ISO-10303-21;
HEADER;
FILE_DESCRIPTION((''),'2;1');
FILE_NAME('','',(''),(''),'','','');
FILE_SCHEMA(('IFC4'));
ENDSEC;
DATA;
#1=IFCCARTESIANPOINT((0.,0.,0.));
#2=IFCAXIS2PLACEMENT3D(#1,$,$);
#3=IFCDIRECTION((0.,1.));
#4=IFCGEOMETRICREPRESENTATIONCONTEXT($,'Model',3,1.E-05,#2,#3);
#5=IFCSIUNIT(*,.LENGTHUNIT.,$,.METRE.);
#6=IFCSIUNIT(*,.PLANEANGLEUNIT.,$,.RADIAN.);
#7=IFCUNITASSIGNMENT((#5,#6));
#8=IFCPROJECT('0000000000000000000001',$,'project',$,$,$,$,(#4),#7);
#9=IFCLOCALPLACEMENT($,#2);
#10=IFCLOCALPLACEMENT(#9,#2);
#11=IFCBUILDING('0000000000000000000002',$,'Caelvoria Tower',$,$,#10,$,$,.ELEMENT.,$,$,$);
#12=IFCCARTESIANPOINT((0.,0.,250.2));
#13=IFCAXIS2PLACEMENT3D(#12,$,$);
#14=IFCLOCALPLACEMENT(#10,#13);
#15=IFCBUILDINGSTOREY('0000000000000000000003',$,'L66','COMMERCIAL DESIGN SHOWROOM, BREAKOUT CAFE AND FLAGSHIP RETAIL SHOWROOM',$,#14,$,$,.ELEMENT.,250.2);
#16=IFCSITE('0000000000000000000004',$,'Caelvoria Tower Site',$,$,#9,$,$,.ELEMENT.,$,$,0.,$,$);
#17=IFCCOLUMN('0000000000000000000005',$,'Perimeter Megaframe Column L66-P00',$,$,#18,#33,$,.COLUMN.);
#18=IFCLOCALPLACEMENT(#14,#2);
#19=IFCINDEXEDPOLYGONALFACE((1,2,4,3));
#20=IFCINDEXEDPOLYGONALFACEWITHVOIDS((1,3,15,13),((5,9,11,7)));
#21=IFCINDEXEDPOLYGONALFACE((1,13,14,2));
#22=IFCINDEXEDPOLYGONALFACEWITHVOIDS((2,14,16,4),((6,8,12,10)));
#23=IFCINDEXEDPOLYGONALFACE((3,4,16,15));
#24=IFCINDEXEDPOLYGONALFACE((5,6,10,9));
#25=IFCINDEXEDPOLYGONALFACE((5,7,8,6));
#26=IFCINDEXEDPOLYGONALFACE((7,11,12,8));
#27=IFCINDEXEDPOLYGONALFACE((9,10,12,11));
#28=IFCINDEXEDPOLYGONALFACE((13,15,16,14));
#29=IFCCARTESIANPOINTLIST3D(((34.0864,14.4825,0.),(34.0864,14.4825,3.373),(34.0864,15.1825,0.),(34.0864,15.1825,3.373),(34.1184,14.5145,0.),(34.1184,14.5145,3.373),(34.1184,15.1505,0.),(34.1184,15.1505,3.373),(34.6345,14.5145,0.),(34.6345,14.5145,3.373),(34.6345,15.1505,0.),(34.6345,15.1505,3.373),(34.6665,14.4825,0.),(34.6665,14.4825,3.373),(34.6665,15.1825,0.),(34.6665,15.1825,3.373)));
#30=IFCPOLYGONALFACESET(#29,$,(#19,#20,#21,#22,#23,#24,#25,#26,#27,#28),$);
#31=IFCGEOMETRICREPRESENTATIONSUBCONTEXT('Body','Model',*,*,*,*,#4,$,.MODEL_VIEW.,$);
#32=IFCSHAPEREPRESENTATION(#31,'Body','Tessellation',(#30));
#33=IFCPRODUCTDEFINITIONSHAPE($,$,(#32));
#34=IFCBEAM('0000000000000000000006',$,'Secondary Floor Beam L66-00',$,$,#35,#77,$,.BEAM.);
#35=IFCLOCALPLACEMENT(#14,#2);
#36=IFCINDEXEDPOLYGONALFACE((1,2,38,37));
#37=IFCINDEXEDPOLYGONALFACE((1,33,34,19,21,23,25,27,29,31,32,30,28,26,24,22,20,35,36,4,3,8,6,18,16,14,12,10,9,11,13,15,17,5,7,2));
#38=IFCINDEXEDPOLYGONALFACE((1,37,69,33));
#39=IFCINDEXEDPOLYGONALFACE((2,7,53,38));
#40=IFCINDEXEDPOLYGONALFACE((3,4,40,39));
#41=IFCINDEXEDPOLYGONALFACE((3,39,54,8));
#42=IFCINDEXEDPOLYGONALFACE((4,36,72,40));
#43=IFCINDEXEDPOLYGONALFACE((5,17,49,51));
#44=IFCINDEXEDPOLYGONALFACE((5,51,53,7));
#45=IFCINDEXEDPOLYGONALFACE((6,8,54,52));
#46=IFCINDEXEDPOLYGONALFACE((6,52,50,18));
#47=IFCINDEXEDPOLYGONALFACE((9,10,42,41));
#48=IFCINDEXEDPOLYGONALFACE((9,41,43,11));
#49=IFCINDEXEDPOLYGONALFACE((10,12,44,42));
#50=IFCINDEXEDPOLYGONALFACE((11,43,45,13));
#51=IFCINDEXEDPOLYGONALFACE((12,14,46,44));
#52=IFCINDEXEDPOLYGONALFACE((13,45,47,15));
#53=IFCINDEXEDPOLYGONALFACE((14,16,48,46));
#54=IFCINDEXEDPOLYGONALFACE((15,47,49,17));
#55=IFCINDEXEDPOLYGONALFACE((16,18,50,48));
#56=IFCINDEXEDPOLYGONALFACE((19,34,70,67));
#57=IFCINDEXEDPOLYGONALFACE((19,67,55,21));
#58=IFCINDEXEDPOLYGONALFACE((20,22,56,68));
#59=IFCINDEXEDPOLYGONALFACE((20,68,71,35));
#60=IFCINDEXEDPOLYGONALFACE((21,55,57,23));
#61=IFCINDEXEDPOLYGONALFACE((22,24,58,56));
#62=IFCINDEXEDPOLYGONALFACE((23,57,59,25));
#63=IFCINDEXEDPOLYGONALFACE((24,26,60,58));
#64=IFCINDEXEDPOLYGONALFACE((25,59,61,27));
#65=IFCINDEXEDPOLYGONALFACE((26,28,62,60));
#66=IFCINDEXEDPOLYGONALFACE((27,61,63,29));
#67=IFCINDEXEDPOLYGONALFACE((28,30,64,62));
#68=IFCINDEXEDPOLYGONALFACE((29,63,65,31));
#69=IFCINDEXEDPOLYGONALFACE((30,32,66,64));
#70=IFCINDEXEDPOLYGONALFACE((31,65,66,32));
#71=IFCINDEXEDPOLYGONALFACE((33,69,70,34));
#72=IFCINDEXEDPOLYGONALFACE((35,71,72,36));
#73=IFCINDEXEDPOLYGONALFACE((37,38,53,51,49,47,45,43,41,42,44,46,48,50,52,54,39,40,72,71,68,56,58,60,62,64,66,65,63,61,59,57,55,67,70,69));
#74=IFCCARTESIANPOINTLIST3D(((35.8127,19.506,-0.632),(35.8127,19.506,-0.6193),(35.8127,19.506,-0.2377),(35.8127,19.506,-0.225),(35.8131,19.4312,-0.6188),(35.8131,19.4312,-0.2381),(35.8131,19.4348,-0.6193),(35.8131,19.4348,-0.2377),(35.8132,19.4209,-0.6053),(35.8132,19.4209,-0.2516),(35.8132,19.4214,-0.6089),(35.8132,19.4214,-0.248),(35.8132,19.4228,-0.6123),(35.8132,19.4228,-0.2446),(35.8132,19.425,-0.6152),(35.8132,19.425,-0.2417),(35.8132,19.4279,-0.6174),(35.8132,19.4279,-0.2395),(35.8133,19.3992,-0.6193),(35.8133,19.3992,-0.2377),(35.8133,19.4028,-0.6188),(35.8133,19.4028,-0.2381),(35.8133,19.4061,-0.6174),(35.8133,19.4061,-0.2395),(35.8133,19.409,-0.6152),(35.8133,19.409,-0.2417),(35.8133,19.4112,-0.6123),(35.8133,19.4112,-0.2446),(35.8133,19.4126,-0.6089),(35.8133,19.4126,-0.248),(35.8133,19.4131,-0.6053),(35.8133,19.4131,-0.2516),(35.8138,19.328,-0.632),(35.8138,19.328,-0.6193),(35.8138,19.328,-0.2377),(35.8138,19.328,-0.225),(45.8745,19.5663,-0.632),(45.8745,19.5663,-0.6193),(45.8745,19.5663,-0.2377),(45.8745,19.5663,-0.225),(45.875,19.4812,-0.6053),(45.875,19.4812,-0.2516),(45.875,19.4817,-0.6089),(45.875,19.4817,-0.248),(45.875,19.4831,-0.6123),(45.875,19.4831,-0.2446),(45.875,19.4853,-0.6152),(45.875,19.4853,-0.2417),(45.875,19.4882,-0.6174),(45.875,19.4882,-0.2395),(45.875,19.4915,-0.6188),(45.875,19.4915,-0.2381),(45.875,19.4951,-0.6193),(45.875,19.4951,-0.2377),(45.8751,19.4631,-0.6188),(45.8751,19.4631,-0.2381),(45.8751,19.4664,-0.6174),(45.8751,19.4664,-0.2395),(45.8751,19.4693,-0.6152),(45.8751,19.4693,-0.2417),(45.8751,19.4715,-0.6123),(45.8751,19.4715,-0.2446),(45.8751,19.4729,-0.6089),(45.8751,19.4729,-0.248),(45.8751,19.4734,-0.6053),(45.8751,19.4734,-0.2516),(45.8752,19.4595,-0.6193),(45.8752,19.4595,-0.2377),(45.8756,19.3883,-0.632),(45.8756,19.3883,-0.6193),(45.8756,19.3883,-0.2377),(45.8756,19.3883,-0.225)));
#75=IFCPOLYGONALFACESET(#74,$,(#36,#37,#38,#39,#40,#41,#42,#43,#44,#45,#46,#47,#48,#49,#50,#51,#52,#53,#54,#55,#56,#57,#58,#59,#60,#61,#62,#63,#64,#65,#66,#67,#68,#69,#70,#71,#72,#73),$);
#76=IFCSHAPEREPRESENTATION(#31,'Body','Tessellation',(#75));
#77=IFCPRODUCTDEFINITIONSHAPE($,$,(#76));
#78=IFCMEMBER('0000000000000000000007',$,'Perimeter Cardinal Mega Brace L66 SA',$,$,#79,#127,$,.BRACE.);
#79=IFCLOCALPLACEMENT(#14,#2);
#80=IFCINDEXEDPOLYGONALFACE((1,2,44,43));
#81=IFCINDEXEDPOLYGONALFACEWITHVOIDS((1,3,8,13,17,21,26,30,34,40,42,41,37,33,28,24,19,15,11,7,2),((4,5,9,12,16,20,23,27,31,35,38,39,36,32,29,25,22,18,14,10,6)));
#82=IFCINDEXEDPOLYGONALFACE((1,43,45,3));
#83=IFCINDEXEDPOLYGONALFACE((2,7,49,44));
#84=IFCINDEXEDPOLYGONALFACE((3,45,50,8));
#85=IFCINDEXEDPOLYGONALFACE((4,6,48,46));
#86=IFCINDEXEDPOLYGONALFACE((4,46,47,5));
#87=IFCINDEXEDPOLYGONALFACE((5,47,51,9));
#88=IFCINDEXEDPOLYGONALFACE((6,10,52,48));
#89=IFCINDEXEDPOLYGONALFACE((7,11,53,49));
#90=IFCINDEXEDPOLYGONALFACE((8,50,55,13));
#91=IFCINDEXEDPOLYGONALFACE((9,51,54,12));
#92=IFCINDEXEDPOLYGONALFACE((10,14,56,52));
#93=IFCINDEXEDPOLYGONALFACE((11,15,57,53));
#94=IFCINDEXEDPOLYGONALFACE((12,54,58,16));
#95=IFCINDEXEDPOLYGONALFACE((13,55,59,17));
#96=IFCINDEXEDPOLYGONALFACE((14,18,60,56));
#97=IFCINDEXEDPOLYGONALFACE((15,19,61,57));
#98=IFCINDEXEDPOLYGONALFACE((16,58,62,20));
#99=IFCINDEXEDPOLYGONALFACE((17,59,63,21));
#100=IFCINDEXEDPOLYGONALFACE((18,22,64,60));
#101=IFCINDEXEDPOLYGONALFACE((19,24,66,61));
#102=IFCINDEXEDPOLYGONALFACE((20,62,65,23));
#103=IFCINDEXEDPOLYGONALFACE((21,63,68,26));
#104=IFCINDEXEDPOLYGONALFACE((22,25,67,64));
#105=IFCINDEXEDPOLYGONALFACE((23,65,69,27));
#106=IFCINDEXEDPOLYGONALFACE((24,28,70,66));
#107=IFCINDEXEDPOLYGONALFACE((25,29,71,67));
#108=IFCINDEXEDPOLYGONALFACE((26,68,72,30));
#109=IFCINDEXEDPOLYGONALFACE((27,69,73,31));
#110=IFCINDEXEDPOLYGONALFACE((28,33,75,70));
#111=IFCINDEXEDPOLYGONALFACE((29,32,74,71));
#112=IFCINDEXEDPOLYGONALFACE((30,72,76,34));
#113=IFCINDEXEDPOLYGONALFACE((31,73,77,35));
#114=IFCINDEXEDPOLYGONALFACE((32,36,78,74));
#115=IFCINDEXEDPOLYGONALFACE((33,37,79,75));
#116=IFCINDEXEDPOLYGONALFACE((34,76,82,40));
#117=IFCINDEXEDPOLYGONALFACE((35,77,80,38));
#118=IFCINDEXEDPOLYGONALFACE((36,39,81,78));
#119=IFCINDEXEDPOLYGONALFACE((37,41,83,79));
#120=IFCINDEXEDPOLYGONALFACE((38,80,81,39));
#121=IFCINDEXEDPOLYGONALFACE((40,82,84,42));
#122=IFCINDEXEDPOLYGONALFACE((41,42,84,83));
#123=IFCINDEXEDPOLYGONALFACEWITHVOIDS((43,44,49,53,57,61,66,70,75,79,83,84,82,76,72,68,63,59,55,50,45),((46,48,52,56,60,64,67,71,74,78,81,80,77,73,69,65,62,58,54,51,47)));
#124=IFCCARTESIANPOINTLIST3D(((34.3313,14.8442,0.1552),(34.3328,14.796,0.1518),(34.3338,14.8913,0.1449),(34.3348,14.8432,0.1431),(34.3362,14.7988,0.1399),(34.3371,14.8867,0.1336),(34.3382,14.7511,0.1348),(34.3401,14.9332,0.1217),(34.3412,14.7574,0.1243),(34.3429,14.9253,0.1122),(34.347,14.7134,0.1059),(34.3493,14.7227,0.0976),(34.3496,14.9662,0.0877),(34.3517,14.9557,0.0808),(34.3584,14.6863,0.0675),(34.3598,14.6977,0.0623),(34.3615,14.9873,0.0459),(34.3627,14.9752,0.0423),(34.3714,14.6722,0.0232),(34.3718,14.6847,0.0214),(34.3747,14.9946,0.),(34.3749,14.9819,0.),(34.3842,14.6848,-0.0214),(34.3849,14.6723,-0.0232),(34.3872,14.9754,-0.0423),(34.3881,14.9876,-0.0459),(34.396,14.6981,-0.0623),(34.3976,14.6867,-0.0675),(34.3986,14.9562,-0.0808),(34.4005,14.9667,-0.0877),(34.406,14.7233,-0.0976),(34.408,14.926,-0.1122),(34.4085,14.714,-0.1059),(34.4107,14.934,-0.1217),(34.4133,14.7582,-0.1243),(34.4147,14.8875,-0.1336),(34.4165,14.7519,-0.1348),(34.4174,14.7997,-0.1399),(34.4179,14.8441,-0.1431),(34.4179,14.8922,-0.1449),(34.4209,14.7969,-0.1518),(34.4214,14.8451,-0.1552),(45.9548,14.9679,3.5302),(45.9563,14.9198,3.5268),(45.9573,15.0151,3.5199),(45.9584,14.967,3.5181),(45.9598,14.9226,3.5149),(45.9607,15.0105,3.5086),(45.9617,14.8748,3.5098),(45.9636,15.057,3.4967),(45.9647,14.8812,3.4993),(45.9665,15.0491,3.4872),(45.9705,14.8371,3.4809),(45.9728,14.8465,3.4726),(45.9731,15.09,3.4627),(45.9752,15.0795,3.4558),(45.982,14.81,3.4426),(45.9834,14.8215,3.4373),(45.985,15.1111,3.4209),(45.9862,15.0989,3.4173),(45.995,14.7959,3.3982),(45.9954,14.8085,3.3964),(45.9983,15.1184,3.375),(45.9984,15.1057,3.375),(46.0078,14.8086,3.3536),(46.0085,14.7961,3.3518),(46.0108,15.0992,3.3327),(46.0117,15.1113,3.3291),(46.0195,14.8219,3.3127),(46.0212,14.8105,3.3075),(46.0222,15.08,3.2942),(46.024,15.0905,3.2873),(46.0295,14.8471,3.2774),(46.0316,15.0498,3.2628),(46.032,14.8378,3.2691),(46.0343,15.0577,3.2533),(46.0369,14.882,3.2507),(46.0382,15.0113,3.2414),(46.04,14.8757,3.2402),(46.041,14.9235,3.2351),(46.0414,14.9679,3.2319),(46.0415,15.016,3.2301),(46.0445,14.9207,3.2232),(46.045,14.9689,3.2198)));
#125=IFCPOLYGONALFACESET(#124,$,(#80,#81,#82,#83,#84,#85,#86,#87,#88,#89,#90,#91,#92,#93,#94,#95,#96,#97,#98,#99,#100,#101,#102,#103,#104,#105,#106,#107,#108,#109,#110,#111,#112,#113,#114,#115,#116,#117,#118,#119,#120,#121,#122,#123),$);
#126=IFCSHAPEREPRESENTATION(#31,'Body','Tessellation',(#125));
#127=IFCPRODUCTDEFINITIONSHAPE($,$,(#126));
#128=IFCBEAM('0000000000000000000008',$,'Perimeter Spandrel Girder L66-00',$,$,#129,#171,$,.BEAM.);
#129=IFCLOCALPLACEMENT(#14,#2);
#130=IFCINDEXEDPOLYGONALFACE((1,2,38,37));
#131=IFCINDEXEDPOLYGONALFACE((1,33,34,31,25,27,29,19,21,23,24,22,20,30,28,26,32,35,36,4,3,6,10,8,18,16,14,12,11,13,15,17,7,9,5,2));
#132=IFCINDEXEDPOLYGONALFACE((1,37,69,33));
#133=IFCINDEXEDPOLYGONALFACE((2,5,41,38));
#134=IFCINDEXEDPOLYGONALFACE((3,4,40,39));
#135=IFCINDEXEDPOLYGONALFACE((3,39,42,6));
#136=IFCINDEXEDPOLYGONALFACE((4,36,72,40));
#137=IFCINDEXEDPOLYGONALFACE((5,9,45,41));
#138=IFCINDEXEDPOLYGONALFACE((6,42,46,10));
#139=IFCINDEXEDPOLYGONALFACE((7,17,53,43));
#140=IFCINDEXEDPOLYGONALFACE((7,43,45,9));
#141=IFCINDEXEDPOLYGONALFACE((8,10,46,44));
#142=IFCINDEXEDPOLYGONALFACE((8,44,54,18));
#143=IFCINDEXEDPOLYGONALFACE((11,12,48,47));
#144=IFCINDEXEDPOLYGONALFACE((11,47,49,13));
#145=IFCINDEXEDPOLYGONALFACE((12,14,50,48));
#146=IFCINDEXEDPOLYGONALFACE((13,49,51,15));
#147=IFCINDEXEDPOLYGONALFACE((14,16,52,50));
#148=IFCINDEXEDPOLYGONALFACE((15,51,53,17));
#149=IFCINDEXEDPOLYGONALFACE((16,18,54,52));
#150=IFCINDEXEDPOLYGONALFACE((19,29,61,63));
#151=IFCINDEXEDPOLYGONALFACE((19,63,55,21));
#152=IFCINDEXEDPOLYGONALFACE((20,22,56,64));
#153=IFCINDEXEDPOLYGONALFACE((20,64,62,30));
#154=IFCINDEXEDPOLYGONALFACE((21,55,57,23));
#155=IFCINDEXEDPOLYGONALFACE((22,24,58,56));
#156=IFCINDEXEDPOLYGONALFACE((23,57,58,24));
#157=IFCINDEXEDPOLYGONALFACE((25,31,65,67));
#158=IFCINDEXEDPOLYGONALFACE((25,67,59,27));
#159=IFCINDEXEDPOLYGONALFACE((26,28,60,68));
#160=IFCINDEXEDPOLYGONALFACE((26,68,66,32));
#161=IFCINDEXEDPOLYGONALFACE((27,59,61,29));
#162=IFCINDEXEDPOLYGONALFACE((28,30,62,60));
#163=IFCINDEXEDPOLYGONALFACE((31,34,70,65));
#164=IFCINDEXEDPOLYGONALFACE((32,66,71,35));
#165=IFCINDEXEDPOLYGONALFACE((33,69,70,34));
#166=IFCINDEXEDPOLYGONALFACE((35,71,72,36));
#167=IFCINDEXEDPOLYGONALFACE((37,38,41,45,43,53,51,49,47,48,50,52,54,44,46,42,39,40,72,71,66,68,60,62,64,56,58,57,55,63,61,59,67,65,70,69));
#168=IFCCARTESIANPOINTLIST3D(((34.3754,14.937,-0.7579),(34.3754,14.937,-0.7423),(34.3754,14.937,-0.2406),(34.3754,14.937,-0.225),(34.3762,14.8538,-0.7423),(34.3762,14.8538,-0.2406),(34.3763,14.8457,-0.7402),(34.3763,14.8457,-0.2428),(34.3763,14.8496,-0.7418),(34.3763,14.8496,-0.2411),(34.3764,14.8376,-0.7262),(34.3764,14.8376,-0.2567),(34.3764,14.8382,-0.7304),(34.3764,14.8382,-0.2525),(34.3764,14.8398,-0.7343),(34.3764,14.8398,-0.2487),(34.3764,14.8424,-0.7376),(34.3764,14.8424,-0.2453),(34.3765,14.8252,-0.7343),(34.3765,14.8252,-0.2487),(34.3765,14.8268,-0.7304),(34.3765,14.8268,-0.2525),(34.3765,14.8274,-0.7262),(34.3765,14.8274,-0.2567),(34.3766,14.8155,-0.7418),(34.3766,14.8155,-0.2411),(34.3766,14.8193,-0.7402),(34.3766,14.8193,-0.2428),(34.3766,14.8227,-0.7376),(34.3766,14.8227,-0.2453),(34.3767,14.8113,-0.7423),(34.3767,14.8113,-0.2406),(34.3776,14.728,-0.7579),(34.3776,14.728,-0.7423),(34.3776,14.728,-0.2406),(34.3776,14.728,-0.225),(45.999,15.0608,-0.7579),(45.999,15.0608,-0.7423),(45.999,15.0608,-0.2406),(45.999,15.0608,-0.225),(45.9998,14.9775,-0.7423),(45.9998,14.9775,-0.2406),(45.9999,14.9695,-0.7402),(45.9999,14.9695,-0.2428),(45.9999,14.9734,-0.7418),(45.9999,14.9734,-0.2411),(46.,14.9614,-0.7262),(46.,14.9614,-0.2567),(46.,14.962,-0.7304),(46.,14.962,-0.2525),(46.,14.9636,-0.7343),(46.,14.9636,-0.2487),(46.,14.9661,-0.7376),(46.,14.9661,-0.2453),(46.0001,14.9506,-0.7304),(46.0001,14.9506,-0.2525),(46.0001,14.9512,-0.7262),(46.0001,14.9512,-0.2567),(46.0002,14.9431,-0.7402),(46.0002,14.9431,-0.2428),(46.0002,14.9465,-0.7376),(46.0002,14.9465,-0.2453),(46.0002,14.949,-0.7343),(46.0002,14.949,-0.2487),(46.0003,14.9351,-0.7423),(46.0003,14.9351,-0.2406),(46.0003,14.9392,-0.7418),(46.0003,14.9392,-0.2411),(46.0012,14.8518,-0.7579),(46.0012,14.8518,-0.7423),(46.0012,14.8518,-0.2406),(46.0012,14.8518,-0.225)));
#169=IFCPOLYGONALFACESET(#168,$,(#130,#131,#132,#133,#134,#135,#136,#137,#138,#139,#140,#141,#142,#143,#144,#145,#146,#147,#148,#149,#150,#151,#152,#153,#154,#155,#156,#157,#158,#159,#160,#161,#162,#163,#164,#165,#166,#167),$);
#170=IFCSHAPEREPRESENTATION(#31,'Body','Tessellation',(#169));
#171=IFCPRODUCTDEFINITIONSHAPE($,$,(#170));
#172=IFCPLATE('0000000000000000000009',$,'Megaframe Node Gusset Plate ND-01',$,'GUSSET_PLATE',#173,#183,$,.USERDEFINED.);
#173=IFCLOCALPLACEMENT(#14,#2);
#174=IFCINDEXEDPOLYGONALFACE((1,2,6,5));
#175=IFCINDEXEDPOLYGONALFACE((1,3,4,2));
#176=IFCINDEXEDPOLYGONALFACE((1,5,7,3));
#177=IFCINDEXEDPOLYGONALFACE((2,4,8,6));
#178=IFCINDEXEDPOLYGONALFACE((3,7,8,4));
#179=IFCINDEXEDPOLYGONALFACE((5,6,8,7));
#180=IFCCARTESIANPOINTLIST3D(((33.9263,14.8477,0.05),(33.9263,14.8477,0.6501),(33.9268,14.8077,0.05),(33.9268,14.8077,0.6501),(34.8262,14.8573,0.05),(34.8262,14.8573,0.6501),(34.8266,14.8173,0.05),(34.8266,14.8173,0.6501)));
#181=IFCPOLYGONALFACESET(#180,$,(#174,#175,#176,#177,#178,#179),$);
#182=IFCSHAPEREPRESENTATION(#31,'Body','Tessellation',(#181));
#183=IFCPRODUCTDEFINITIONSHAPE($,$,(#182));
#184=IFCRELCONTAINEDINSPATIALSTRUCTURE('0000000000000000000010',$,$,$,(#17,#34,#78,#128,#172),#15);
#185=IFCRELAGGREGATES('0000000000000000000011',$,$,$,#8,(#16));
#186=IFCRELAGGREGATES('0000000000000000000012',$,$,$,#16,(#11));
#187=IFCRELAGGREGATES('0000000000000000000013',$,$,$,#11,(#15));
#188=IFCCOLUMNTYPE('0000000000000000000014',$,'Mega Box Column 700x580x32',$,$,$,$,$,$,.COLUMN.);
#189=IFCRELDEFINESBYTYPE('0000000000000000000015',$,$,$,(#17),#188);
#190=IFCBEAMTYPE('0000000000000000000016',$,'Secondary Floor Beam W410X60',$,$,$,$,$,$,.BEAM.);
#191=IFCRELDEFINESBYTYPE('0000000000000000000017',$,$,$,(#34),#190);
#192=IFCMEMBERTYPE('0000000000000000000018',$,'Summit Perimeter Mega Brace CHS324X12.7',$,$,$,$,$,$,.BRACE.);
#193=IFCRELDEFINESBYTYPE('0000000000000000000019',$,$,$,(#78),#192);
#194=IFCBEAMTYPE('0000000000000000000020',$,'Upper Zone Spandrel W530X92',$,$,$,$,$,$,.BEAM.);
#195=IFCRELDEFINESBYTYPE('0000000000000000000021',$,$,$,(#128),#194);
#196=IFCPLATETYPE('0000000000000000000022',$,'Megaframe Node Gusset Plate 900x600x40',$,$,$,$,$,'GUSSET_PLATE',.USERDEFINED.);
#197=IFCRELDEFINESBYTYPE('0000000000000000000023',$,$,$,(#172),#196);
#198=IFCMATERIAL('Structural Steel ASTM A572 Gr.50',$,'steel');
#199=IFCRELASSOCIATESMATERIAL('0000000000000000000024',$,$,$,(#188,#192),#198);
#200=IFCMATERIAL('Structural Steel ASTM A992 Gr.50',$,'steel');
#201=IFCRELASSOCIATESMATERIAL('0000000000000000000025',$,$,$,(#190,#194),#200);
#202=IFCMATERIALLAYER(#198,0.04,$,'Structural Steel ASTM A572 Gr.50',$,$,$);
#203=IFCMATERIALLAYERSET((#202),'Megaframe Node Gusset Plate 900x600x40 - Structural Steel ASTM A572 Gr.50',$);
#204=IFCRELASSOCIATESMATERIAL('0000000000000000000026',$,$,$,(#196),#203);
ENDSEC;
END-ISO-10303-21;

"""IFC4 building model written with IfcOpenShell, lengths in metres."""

from ifc_helpers import new_model, si_unit, direction, frame, origin, origin_2d, place, context, subcontext, project, spatial, rectangle, hollow_rectangle, hollow_circle, i_section, extrude, material, layer, layer_set, material_profile, profile_set, type_object, element, save


model = new_model("IFC4")

# Units and contexts
model_context = context("Model", 3, precision=1e-05, world=origin(), true_north=direction((0.0, 1.0)))
body_context = subcontext(model_context, "Body", "Model", "MODEL_VIEW")
ifc_project = project(units=[si_unit("LENGTHUNIT", "METRE"), si_unit("PLANEANGLEUNIT", "RADIAN")], contexts=[model_context])

# Site, building, storey
site_placement = place(None, origin())
site = spatial("IfcSite", under=ifc_project, at=site_placement, Name="Caelvoria Tower Site", CompositionType="ELEMENT", RefElevation=0.0)
building_placement = place(site_placement, origin())
building = spatial("IfcBuilding", under=site, at=building_placement, Name="Caelvoria Tower", CompositionType="ELEMENT")
storey_placement = place(building_placement, frame((0.0, 0.0, 250.2)))
storey = spatial("IfcBuildingStorey", under=building, at=storey_placement, Name="L66", Description="COMMERCIAL DESIGN SHOWROOM, BREAKOUT CAFE AND FLAGSHIP RETAIL SHOWROOM", CompositionType="ELEMENT", Elevation=250.2)

# Column
ifc_material_1 = material(Name="Structural Steel ASTM A572 Gr.50", Category="steel")
ifc_material_profile_1 = material_profile(ifc_material_1, hollow_rectangle(XDim=0.5801, YDim=0.7, WallThickness=0.032, at=origin_2d()), Name="Structural Steel ASTM A572 Gr.50")
ifc_profile_set_1 = profile_set([ifc_material_profile_1], Name="BOX700X580X32 - Structural Steel ASTM A572 Gr.50")
column_type = type_object("IfcColumnType", Name="Mega Box Column 700x580x32", PredefinedType="COLUMN", material=ifc_profile_set_1)
column_placement = place(storey_placement, frame((34.3765, 14.8325, 0.0), z_axis=(0.0, 0.0, 1.0), x_axis=(1.0, 0.0, 0.0)))
element("IfcColumn", 1, at=column_placement, inside=storey, type_object=column_type, Name="Perimeter Megaframe Column L66-P00", PredefinedType="COLUMN", context=body_context, shape_type="SweptSolid", body=[
    extrude(hollow_rectangle(XDim=0.5801, YDim=0.7, WallThickness=0.032, at=origin_2d()), origin(), (0.0, 0.0, 1.0), 3.373),
])

# Beam
ifc_material_2 = material(Name="Structural Steel ASTM A992 Gr.50", Category="steel")
ifc_material_profile_2 = material_profile(ifc_material_2, i_section(OverallWidth=0.178, OverallDepth=0.407, WebThickness=0.0078, FlangeThickness=0.0127, FilletRadius=0.0139, at=origin_2d()), Name="Structural Steel ASTM A992 Gr.50")
ifc_profile_set_2 = profile_set([ifc_material_profile_2], Name="W410X60 - Structural Steel ASTM A992 Gr.50")
beam_type_1 = type_object("IfcBeamType", Name="Secondary Floor Beam W410X60", PredefinedType="BEAM", material=ifc_profile_set_2)
beam_1_placement = place(storey_placement, frame((35.8132, 19.417, -0.4285), z_axis=(0.999982, 0.005993, 0.0), x_axis=(-0.005993, 0.999982, 0.0)))
element("IfcBeam", 2, at=beam_1_placement, inside=storey, type_object=beam_type_1, Name="Secondary Floor Beam L66-00", PredefinedType="BEAM", context=body_context, shape_type="SweptSolid", body=[
    extrude(i_section(OverallWidth=0.178, OverallDepth=0.407, WebThickness=0.0078, FlangeThickness=0.0127, FilletRadius=0.0139, at=origin_2d()), origin(), (0.0, 0.0, 1.0), 10.062),
])

# Member
ifc_material_profile_3 = material_profile(ifc_material_1, hollow_circle(Radius=0.1621, WallThickness=0.0127, at=origin_2d()), Name="Structural Steel ASTM A572 Gr.50")
ifc_profile_set_3 = profile_set([ifc_material_profile_3], Name="CHS324X12.7 - Structural Steel ASTM A572 Gr.50")
member_type = type_object("IfcMemberType", Name="Summit Perimeter Mega Brace CHS324X12.7", PredefinedType="BRACE", material=ifc_profile_set_3)
member_placement = place(storey_placement, frame((34.3765, 14.8325, 0.0), z_axis=(0.960287, 0.010226, 0.278828), x_axis=(-0.010648, 0.999943, 0.0)))
element("IfcMember", 3, at=member_placement, inside=storey, type_object=member_type, Name="Perimeter Cardinal Mega Brace L66 SA", PredefinedType="BRACE", context=body_context, shape_type="SweptSolid", body=[
    extrude(hollow_circle(Radius=0.1621, WallThickness=0.0127, at=origin_2d()), origin(), (0.0, 0.0, 1.0), 12.1042),
])

# Beam
ifc_material_profile_4 = material_profile(ifc_material_2, i_section(OverallWidth=0.209, OverallDepth=0.533, WebThickness=0.0103, FlangeThickness=0.0156, FilletRadius=0.0161, at=origin_2d()), Name="Structural Steel ASTM A992 Gr.50")
ifc_profile_set_4 = profile_set([ifc_material_profile_4], Name="W530X92 - Structural Steel ASTM A992 Gr.50")
beam_type_2 = type_object("IfcBeamType", Name="Upper Zone Spandrel W530X92", PredefinedType="BEAM", material=ifc_profile_set_4)
beam_2_placement = place(storey_placement, frame((34.3765, 14.8325, -0.4915), z_axis=(0.999943, 0.010648, 0.0), x_axis=(-0.010648, 0.999943, 0.0)))
element("IfcBeam", 4, at=beam_2_placement, inside=storey, type_object=beam_type_2, Name="Perimeter Spandrel Girder L66-00", PredefinedType="BEAM", context=body_context, shape_type="SweptSolid", body=[
    extrude(i_section(OverallWidth=0.209, OverallDepth=0.533, WebThickness=0.0103, FlangeThickness=0.0156, FilletRadius=0.0161, at=origin_2d()), origin(), (0.0, 0.0, 1.0), 11.6243),
])

# Plate
ifc_layer_1 = layer(ifc_material_1, 0.04, Name="Structural Steel ASTM A572 Gr.50")
ifc_layer_set_1 = layer_set([ifc_layer_1], Name="Megaframe Node Gusset Plate 900x600x40 - Structural Steel ASTM A572 Gr.50")
plate_type = type_object("IfcPlateType", Name="Megaframe Node Gusset Plate 900x600x40", ElementType="GUSSET_PLATE", PredefinedType="USERDEFINED", material=ifc_layer_set_1)
plate_placement = place(storey_placement, frame((34.3765, 14.8325, 0.05), z_axis=(0.0, 0.0, 1.0), x_axis=(0.999943, 0.01065, 0.0)))
element("IfcPlate", 5, at=plate_placement, inside=storey, type_object=plate_type, Name="Megaframe Node Gusset Plate ND-01", ObjectType="GUSSET_PLATE", PredefinedType="USERDEFINED", context=body_context, shape_type="SweptSolid", body=[
    extrude(rectangle(XDim=0.8999, YDim=0.04, at=origin_2d()), origin(), (0.0, 0.0, 1.0), 0.6001),
])

save(model, "model.ifc")
